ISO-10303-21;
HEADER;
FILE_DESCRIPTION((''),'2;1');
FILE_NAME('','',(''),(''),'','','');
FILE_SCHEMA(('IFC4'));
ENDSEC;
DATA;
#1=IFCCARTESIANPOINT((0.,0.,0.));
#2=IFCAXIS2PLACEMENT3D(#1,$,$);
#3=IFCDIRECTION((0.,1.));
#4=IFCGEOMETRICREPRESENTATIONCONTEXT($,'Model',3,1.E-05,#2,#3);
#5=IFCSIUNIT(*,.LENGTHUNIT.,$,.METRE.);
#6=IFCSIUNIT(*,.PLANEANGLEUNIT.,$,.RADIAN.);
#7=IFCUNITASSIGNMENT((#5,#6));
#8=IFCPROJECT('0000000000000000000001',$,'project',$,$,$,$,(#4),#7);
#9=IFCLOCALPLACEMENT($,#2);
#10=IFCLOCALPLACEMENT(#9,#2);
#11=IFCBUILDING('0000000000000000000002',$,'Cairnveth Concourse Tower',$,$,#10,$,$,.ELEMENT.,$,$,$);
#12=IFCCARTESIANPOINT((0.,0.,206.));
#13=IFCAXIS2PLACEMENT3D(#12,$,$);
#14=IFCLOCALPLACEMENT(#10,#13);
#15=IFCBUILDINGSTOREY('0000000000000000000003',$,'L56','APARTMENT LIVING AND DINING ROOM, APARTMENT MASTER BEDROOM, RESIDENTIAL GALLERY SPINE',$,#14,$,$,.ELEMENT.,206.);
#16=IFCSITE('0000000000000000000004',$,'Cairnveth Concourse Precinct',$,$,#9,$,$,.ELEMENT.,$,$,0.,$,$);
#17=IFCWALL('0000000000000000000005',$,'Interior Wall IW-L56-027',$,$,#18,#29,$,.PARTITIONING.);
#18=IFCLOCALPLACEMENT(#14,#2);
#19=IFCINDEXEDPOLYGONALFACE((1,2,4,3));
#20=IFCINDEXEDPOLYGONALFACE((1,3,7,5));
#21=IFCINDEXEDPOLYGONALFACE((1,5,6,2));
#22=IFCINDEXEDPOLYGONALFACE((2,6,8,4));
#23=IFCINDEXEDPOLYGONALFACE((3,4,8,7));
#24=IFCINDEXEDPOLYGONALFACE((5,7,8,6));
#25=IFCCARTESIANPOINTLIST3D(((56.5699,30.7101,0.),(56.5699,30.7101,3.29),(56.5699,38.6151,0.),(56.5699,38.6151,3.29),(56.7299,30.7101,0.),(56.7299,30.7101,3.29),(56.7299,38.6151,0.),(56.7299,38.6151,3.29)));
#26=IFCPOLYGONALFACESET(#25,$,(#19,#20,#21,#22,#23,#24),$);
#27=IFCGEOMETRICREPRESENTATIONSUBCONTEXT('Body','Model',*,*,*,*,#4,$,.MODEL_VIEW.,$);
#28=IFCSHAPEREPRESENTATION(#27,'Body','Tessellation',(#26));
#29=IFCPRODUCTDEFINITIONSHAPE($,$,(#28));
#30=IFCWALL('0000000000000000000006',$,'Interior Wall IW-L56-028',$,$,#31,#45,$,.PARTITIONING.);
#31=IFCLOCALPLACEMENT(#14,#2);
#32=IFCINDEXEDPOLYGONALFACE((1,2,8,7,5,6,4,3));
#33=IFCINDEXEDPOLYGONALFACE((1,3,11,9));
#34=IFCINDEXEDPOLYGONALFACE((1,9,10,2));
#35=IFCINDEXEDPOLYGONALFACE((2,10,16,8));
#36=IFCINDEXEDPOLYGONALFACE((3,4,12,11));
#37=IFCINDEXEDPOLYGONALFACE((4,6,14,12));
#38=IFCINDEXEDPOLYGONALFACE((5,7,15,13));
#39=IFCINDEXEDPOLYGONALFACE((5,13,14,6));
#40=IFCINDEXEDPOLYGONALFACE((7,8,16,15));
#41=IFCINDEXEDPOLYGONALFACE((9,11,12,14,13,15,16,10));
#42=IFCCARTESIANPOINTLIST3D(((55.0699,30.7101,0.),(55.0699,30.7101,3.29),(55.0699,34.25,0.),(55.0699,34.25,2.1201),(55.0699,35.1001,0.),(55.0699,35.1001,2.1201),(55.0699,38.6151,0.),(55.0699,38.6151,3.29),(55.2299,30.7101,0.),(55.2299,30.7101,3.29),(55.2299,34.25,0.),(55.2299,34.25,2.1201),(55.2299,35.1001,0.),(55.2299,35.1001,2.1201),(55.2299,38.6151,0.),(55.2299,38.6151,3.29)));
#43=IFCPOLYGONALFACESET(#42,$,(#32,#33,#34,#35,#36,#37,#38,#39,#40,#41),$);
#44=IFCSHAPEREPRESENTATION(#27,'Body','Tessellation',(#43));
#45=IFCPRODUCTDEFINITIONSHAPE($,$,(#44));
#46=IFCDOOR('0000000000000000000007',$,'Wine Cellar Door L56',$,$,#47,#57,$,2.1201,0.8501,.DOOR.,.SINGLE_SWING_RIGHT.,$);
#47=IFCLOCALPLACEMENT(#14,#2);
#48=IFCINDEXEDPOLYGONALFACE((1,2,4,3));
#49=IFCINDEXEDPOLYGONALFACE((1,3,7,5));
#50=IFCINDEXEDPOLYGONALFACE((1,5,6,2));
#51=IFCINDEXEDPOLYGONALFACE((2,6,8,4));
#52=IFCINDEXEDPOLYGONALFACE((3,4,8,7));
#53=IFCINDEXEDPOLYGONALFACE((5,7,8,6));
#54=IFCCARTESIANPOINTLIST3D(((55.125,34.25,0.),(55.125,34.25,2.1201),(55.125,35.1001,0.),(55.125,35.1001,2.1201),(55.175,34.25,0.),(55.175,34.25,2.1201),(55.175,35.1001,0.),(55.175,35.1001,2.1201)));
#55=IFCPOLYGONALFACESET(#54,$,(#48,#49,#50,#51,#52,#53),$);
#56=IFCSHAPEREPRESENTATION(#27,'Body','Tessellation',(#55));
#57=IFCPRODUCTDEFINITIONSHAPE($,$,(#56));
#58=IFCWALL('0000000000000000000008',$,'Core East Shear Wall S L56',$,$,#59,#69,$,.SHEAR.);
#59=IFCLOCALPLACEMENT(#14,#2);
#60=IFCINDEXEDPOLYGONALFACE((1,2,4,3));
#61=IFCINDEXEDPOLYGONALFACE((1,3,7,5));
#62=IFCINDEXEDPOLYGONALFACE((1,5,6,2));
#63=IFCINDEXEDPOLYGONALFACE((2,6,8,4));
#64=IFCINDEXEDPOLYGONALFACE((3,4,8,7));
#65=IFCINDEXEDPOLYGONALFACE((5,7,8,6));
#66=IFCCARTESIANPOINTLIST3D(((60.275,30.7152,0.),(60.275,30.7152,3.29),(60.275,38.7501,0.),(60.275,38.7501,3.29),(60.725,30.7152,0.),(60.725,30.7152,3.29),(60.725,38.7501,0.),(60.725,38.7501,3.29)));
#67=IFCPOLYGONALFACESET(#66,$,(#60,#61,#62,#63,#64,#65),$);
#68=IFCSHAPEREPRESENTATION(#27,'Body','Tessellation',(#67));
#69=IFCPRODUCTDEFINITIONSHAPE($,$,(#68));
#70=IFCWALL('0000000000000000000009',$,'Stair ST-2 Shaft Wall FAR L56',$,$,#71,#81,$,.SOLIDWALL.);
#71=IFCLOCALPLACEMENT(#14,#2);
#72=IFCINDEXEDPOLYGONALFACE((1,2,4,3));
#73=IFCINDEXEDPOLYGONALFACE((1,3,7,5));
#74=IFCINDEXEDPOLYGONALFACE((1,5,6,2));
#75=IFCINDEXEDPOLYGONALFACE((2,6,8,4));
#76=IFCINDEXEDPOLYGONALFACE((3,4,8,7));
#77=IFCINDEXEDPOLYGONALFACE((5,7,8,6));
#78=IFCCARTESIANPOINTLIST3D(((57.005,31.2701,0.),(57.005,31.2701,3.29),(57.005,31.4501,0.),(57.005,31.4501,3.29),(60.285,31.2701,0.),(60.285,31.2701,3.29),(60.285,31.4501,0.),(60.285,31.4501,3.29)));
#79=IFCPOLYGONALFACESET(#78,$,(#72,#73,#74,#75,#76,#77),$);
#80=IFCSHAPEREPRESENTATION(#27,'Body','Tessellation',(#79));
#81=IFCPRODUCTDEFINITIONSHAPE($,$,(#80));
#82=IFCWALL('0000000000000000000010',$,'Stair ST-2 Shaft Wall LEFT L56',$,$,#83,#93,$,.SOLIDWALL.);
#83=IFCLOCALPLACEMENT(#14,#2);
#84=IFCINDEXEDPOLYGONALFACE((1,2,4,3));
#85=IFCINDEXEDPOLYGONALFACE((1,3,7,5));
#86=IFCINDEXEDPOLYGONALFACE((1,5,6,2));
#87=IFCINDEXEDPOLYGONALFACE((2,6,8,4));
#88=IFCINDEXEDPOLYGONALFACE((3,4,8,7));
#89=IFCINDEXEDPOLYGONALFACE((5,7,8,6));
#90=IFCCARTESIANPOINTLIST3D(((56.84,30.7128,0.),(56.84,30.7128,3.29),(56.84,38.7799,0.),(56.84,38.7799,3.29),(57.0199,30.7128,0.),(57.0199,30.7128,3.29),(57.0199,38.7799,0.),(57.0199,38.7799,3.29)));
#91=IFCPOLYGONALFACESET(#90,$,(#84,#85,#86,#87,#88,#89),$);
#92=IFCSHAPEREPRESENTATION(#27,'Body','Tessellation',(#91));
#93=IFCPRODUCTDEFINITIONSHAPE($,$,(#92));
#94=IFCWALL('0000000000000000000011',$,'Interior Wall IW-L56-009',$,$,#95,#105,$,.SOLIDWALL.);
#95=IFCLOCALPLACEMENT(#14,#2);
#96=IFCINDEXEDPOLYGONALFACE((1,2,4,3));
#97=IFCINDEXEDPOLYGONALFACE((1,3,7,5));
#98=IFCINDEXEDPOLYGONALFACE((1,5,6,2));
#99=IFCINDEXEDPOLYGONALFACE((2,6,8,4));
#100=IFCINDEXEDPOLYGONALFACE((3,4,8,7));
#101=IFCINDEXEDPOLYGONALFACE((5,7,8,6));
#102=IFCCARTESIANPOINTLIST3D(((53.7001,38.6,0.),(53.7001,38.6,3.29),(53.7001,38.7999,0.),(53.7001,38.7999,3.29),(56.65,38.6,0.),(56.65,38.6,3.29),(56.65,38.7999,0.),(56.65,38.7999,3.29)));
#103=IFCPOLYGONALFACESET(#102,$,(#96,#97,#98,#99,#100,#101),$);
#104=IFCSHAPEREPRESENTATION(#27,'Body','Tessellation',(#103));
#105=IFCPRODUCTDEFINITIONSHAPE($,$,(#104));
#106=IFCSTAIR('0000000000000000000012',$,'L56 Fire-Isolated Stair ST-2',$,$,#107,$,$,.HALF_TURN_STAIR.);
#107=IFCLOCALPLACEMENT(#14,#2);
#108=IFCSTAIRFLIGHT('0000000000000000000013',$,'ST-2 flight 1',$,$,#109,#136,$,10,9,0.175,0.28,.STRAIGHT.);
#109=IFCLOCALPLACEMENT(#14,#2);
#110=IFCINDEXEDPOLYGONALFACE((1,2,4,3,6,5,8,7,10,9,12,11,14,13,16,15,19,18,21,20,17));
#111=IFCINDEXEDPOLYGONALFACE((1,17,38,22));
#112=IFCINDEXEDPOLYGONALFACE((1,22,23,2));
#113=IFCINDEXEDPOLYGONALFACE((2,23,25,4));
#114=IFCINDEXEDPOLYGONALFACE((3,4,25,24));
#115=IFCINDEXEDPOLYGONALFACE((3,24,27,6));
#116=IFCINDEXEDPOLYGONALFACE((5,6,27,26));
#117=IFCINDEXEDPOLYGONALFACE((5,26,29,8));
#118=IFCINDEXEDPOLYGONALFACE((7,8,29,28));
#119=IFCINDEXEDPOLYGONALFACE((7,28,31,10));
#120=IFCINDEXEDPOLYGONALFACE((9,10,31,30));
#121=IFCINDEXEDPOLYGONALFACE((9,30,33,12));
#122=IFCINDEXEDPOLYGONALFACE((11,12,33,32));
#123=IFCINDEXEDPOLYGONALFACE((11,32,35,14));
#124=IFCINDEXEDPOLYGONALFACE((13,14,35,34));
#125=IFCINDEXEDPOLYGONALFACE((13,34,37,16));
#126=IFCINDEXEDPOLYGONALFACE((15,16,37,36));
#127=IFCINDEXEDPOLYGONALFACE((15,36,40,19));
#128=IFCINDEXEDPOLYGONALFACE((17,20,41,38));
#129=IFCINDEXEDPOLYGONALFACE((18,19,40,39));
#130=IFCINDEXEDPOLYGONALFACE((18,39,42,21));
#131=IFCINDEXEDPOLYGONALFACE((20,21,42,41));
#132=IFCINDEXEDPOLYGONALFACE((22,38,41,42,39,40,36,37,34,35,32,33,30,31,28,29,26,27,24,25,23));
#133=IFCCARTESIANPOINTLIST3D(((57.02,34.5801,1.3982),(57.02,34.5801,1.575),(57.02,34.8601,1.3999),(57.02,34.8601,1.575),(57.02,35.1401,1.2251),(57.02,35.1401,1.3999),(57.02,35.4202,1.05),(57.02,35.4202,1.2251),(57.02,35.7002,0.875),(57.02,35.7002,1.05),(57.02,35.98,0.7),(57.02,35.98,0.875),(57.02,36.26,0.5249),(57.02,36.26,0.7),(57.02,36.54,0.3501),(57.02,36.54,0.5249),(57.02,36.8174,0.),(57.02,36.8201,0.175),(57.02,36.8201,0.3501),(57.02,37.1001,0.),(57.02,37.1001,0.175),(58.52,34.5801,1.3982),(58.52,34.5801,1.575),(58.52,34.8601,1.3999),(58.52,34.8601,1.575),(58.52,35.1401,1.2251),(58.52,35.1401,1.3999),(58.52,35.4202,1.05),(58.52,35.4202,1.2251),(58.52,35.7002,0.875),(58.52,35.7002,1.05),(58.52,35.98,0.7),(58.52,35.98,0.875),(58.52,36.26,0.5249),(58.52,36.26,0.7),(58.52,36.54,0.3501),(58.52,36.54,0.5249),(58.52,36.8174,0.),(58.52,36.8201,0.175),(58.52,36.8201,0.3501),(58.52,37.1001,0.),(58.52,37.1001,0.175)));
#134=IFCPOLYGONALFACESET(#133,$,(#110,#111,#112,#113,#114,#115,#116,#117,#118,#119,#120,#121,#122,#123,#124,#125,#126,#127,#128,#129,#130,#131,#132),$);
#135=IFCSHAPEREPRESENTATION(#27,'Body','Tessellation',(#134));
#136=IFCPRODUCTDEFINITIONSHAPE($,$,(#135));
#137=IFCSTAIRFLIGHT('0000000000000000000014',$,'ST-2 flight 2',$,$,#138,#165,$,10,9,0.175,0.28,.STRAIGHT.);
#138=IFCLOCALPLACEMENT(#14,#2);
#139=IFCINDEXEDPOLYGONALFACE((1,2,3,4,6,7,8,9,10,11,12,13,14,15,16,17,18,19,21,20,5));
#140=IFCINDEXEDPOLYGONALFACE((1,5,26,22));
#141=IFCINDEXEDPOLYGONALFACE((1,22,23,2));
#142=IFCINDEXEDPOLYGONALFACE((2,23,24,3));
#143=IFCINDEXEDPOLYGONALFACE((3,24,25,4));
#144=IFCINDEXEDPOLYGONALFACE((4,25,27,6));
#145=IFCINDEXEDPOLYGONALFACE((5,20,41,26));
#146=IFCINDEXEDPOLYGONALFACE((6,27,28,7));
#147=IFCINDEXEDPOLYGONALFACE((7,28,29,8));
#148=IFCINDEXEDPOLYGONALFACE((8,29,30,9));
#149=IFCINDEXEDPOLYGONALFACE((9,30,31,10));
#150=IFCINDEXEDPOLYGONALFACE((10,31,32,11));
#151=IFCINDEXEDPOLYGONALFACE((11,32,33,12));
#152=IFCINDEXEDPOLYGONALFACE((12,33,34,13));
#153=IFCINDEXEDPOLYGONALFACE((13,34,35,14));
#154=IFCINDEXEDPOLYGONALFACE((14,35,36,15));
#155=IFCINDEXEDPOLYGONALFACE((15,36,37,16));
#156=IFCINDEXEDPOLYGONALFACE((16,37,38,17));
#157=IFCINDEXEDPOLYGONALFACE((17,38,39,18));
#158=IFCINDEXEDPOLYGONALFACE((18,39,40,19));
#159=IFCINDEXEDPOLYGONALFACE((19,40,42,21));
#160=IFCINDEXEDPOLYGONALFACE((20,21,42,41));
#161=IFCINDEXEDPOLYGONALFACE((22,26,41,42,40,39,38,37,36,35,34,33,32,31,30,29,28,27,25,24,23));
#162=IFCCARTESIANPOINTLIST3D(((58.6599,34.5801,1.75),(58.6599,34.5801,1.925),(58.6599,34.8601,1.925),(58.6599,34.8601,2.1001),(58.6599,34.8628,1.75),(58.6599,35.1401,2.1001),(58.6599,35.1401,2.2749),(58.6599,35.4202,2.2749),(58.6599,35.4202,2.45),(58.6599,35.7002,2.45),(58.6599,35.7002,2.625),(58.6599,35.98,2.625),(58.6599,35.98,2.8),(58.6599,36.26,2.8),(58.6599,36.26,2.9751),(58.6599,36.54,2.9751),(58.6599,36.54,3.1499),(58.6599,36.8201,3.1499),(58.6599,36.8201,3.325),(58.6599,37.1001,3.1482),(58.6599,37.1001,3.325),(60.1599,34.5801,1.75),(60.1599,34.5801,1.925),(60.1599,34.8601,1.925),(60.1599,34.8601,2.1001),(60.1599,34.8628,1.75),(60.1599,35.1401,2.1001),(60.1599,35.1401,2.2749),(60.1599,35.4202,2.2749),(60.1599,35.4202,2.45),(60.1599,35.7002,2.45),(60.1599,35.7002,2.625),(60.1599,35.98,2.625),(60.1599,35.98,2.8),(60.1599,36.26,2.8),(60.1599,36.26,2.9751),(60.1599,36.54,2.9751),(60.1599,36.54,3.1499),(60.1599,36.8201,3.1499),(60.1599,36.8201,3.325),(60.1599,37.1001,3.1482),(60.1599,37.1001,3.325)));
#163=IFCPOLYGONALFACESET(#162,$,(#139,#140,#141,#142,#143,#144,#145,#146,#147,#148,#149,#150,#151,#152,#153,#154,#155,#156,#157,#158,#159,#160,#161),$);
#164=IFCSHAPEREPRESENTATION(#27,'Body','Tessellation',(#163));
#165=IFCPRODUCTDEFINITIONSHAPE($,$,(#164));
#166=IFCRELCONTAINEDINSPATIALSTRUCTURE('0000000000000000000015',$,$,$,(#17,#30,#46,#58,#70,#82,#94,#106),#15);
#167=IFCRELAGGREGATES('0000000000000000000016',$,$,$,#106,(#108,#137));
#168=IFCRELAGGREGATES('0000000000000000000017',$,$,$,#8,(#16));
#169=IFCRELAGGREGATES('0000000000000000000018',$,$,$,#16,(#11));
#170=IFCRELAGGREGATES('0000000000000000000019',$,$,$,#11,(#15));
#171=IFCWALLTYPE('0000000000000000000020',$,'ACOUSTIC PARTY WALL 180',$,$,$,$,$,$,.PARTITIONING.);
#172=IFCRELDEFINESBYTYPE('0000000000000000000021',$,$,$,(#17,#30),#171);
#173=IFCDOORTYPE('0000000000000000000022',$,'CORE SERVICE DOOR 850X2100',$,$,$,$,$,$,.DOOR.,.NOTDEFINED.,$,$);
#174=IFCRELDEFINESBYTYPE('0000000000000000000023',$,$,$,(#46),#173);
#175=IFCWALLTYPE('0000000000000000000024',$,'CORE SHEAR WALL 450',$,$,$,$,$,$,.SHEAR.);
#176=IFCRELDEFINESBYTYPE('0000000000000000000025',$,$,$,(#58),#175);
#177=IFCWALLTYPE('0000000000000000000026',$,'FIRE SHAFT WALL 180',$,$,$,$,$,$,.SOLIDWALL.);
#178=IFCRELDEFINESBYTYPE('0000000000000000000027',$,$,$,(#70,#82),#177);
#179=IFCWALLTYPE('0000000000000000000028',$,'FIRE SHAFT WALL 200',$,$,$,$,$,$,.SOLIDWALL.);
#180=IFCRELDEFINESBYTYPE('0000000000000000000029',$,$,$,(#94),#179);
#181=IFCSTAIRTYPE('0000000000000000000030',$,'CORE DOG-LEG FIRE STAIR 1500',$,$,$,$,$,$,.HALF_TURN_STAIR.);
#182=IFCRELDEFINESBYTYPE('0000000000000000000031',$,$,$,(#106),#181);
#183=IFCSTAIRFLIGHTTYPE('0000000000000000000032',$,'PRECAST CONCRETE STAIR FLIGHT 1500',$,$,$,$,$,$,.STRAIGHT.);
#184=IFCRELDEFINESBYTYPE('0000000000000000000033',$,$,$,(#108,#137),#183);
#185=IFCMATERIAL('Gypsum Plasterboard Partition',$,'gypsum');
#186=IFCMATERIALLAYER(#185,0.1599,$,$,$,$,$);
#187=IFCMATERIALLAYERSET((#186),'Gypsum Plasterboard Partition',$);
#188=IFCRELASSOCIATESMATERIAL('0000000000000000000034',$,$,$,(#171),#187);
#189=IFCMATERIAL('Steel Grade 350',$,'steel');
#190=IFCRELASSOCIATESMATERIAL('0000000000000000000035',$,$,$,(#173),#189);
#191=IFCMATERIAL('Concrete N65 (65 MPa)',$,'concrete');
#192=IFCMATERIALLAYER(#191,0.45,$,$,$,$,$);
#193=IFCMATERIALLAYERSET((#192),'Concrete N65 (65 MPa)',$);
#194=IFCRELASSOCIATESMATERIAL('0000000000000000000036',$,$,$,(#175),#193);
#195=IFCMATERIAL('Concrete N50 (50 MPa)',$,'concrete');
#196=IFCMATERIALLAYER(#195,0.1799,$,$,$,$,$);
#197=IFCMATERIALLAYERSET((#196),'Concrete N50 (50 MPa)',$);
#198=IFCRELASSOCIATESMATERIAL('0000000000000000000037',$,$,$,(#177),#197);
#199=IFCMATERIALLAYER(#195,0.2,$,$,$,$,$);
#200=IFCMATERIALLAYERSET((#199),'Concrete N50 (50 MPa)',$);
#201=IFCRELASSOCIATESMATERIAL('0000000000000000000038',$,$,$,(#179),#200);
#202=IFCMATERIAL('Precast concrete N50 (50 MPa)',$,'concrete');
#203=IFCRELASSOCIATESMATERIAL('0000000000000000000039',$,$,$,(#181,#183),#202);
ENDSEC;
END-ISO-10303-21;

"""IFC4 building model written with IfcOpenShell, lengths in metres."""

from ifc_helpers import new_model, si_unit, direction, frame, frame_2d, origin, place, context, subcontext, project, spatial, polyline, rectangle, outline, extrude, material, layer, layer_set, type_object, element, fill, aggregate, save


model = new_model("IFC4")

# Units and contexts
model_context = context("Model", 3, precision=1e-05, world=origin(), true_north=direction((0.0, 1.0)))
body_context = subcontext(model_context, "Body", "Model", "MODEL_VIEW")
ifc_project = project(units=[si_unit("LENGTHUNIT", "METRE"), si_unit("PLANEANGLEUNIT", "RADIAN")], contexts=[model_context])

# Site, building, storey
site_placement = place(None, origin())
site = spatial("IfcSite", under=ifc_project, at=site_placement, Name="Cairnveth Concourse Precinct", CompositionType="ELEMENT", RefElevation=0.0)
building_placement = place(site_placement, origin())
building = spatial("IfcBuilding", under=site, at=building_placement, Name="Cairnveth Concourse Tower", CompositionType="ELEMENT")
storey_placement = place(building_placement, frame((0.0, 0.0, 206.0)))
storey = spatial("IfcBuildingStorey", under=building, at=storey_placement, Name="L56", Description="APARTMENT LIVING AND DINING ROOM, APARTMENT MASTER BEDROOM, RESIDENTIAL GALLERY SPINE", CompositionType="ELEMENT", Elevation=206.0)

# Wall
ifc_material_1 = material(Name="Gypsum Plasterboard Partition", Category="gypsum")
ifc_layer_1 = layer(ifc_material_1, 0.1599)
ifc_layer_set_1 = layer_set([ifc_layer_1], Name="Gypsum Plasterboard Partition")
wall_type_1 = type_object("IfcWallType", Name="ACOUSTIC PARTY WALL 180", PredefinedType="PARTITIONING", material=ifc_layer_set_1)
wall_1_placement = place(storey_placement, frame((56.6499, 30.71, 0.0), z_axis=(0.0, 0.0, 1.0), x_axis=(0.0, 1.0, 0.0)))
element("IfcWall", 1, at=wall_1_placement, inside=storey, type_object=wall_type_1, Name="Interior Wall IW-L56-027", PredefinedType="PARTITIONING", context=body_context, shape_type="SweptSolid", body=[
    extrude(rectangle(XDim=7.905, YDim=0.1599, at=frame_2d((3.9526, 0.0))), origin(), (0.0, 0.0, 1.0), 3.29),
])

# Wall, opening, door
wall_2_placement = place(storey_placement, frame((55.1499, 30.71, 0.0), z_axis=(0.0, 0.0, 1.0), x_axis=(0.0, 1.0, 0.0)))
wall_2 = element("IfcWall", 2, at=wall_2_placement, inside=storey, type_object=wall_type_1, Name="Interior Wall IW-L56-028", PredefinedType="PARTITIONING", context=body_context, shape_type="SweptSolid", body=[
    extrude(rectangle(XDim=7.905, YDim=0.1599, at=frame_2d((3.9526, 0.0))), origin(), (0.0, 0.0, 1.0), 3.29),
])
opening_1_placement = place(wall_2_placement, frame((3.54, 0.0, 0.0)))
opening_1 = element("IfcOpeningElement", 3, at=opening_1_placement, cuts=wall_2, PredefinedType="OPENING", context=body_context, shape_type="SweptSolid", body=[
    extrude(rectangle(XDim=0.8501, YDim=2.1201, at=frame_2d((0.425, 1.0601))), frame((0.0, 0.0898, 0.0), z_axis=(0.0, -1.0, 0.0), x_axis=(1.0, 0.0, 0.0)), (0.0, 0.0, 1.0), 0.1799),
])
ifc_material_2 = material(Name="Steel Grade 350", Category="steel")
door_type_1 = type_object("IfcDoorType", Name="CORE SERVICE DOOR 850X2100", OperationType="NOTDEFINED", PredefinedType="DOOR", material=ifc_material_2)
door_1_placement = place(opening_1_placement, origin())
door_1 = element("IfcDoor", 4, at=door_1_placement, inside=storey, type_object=door_type_1, Name="Wine Cellar Door L56", OperationType="SINGLE_SWING_RIGHT", OverallHeight=2.1201, OverallWidth=0.8501, PredefinedType="DOOR", context=body_context, shape_type="SweptSolid", body=[
    extrude(rectangle(XDim=0.8501, YDim=2.1201, at=frame_2d((0.425, 1.0601))), frame((0.0, 0.0249, 0.0), z_axis=(0.0, -1.0, 0.0), x_axis=(1.0, 0.0, 0.0)), (0.0, 0.0, 1.0), 0.05),
])
fill(opening_1, door_1)

# Wall
ifc_material_3 = material(Name="Concrete N65 (65 MPa)", Category="concrete")
ifc_layer_2 = layer(ifc_material_3, 0.45)
ifc_layer_set_2 = layer_set([ifc_layer_2], Name="Concrete N65 (65 MPa)")
wall_type_2 = type_object("IfcWallType", Name="CORE SHEAR WALL 450", PredefinedType="SHEAR", material=ifc_layer_set_2)
wall_3_placement = place(storey_placement, frame((60.5, 30.7151, 0.0), z_axis=(0.0, 0.0, 1.0), x_axis=(0.0, 1.0, 0.0)))
element("IfcWall", 5, at=wall_3_placement, inside=storey, type_object=wall_type_2, Name="Core East Shear Wall S L56", PredefinedType="SHEAR", context=body_context, shape_type="SweptSolid", body=[
    extrude(rectangle(XDim=8.0349, YDim=0.45, at=frame_2d((4.0176, 0.0))), origin(), (0.0, 0.0, 1.0), 3.29),
])

# Shared definitions
ifc_material_4 = material(Name="Concrete N50 (50 MPa)", Category="concrete")
ifc_layer_3 = layer(ifc_material_4, 0.1799)
ifc_layer_set_3 = layer_set([ifc_layer_3], Name="Concrete N50 (50 MPa)")
wall_type_3 = type_object("IfcWallType", Name="FIRE SHAFT WALL 180", PredefinedType="SOLIDWALL", material=ifc_layer_set_3)

# Walls
wall_4_placement = place(storey_placement, frame((57.0049, 31.3601, 0.0), z_axis=(0.0, 0.0, 1.0), x_axis=(1.0, 0.0, 0.0)))
element("IfcWall", 6, at=wall_4_placement, inside=storey, type_object=wall_type_3, Name="Stair ST-2 Shaft Wall FAR L56", PredefinedType="SOLIDWALL", context=body_context, shape_type="SweptSolid", body=[
    extrude(rectangle(XDim=3.28, YDim=0.1799, at=frame_2d((1.6401, 0.0))), origin(), (0.0, 0.0, 1.0), 3.29),
])
wall_5_placement = place(storey_placement, frame((56.9299, 38.78, 0.0), z_axis=(0.0, 0.0, 1.0), x_axis=(0.0, -1.0, 0.0)))
element("IfcWall", 7, at=wall_5_placement, inside=storey, type_object=wall_type_3, Name="Stair ST-2 Shaft Wall LEFT L56", PredefinedType="SOLIDWALL", context=body_context, shape_type="SweptSolid", body=[
    extrude(rectangle(XDim=8.0671, YDim=0.1799, at=frame_2d((4.0337, 0.0))), origin(), (0.0, 0.0, 1.0), 3.29),
])
ifc_layer_4 = layer(ifc_material_4, 0.2)
ifc_layer_set_4 = layer_set([ifc_layer_4], Name="Concrete N50 (50 MPa)")
wall_type_4 = type_object("IfcWallType", Name="FIRE SHAFT WALL 200", PredefinedType="SOLIDWALL", material=ifc_layer_set_4)
wall_6_placement = place(storey_placement, frame((53.7, 38.7, 0.0), z_axis=(0.0, 0.0, 1.0), x_axis=(1.0, 0.0, 0.0)))
element("IfcWall", 8, at=wall_6_placement, inside=storey, type_object=wall_type_4, Name="Interior Wall IW-L56-009", PredefinedType="SOLIDWALL", context=body_context, shape_type="SweptSolid", body=[
    extrude(rectangle(XDim=2.95, YDim=0.2, at=frame_2d((1.4751, 0.0))), origin(), (0.0, 0.0, 1.0), 3.29),
])

# Stair, stair flights
ifc_material_5 = material(Name="Precast concrete N50 (50 MPa)", Category="concrete")
stair_type = type_object("IfcStairType", Name="CORE DOG-LEG FIRE STAIR 1500", PredefinedType="HALF_TURN_STAIR", material=ifc_material_5)
stair_placement = place(storey_placement, origin())
stair = element("IfcStair", 9, at=stair_placement, inside=storey, type_object=stair_type, Name="L56 Fire-Isolated Stair ST-2", PredefinedType="HALF_TURN_STAIR")
stair_flight_type = type_object("IfcStairFlightType", Name="PRECAST CONCRETE STAIR FLIGHT 1500", PredefinedType="STRAIGHT", material=ifc_material_5)
stair_flight_1_placement = place(storey_placement, frame((57.77, 37.1001, 0.0), z_axis=(0.0, 0.0, 1.0), x_axis=(0.0, -1.0, 0.0)))
stair_flight_1 = element("IfcStairFlight", 10, at=stair_flight_1_placement, type_object=stair_flight_type, Name="ST-2 flight 1", NumberOfRisers=10, NumberOfTreads=9, PredefinedType="STRAIGHT", RiserHeight=0.175, TreadLength=0.28, context=body_context, shape_type="SweptSolid", body=[
    extrude(outline(polyline([(0.0, 0.0), (0.0, 0.175), (0.28, 0.175), (0.28, 0.3501), (0.5601, 0.3501), (0.5601, 0.5249), (0.8401, 0.5249), (0.8401, 0.7), (1.1201, 0.7), (1.1201, 0.875), (1.3999, 0.875), (1.3999, 1.05), (1.6799, 1.05), (1.6799, 1.2251), (1.96, 1.2251), (1.96, 1.3999), (2.24, 1.3999), (2.24, 1.575), (2.52, 1.575), (2.52, 1.75), (2.52, 1.3982), (0.2827, 0.0), (0.0, 0.0)])), frame((0.0, 0.75, 0.0), z_axis=(0.0, -1.0, 0.0), x_axis=(1.0, 0.0, 0.0)), (0.0, 0.0, 1.0), 1.5),
])
stair_flight_2_placement = place(storey_placement, frame((59.4099, 34.5801, 1.75), z_axis=(0.0, 0.0, 1.0), x_axis=(0.0, 1.0, 0.0)))
stair_flight_2 = element("IfcStairFlight", 11, at=stair_flight_2_placement, type_object=stair_flight_type, Name="ST-2 flight 2", NumberOfRisers=10, NumberOfTreads=9, PredefinedType="STRAIGHT", RiserHeight=0.175, TreadLength=0.28, context=body_context, shape_type="SweptSolid", body=[
    extrude(outline(polyline([(0.0, 0.0), (0.0, 0.175), (0.28, 0.175), (0.28, 0.3501), (0.5601, 0.3501), (0.5601, 0.5249), (0.8401, 0.5249), (0.8401, 0.7), (1.1201, 0.7), (1.1201, 0.875), (1.3999, 0.875), (1.3999, 1.05), (1.6799, 1.05), (1.6799, 1.2251), (1.96, 1.2251), (1.96, 1.3999), (2.24, 1.3999), (2.24, 1.575), (2.52, 1.575), (2.52, 1.75), (2.52, 1.3982), (0.2827, 0.0), (0.0, 0.0)])), frame((0.0, 0.75, 0.0), z_axis=(0.0, -1.0, 0.0), x_axis=(1.0, 0.0, 0.0)), (0.0, 0.0, 1.0), 1.5),
])
aggregate(stair, [stair_flight_1, stair_flight_2])

save(model, "model.ifc")
